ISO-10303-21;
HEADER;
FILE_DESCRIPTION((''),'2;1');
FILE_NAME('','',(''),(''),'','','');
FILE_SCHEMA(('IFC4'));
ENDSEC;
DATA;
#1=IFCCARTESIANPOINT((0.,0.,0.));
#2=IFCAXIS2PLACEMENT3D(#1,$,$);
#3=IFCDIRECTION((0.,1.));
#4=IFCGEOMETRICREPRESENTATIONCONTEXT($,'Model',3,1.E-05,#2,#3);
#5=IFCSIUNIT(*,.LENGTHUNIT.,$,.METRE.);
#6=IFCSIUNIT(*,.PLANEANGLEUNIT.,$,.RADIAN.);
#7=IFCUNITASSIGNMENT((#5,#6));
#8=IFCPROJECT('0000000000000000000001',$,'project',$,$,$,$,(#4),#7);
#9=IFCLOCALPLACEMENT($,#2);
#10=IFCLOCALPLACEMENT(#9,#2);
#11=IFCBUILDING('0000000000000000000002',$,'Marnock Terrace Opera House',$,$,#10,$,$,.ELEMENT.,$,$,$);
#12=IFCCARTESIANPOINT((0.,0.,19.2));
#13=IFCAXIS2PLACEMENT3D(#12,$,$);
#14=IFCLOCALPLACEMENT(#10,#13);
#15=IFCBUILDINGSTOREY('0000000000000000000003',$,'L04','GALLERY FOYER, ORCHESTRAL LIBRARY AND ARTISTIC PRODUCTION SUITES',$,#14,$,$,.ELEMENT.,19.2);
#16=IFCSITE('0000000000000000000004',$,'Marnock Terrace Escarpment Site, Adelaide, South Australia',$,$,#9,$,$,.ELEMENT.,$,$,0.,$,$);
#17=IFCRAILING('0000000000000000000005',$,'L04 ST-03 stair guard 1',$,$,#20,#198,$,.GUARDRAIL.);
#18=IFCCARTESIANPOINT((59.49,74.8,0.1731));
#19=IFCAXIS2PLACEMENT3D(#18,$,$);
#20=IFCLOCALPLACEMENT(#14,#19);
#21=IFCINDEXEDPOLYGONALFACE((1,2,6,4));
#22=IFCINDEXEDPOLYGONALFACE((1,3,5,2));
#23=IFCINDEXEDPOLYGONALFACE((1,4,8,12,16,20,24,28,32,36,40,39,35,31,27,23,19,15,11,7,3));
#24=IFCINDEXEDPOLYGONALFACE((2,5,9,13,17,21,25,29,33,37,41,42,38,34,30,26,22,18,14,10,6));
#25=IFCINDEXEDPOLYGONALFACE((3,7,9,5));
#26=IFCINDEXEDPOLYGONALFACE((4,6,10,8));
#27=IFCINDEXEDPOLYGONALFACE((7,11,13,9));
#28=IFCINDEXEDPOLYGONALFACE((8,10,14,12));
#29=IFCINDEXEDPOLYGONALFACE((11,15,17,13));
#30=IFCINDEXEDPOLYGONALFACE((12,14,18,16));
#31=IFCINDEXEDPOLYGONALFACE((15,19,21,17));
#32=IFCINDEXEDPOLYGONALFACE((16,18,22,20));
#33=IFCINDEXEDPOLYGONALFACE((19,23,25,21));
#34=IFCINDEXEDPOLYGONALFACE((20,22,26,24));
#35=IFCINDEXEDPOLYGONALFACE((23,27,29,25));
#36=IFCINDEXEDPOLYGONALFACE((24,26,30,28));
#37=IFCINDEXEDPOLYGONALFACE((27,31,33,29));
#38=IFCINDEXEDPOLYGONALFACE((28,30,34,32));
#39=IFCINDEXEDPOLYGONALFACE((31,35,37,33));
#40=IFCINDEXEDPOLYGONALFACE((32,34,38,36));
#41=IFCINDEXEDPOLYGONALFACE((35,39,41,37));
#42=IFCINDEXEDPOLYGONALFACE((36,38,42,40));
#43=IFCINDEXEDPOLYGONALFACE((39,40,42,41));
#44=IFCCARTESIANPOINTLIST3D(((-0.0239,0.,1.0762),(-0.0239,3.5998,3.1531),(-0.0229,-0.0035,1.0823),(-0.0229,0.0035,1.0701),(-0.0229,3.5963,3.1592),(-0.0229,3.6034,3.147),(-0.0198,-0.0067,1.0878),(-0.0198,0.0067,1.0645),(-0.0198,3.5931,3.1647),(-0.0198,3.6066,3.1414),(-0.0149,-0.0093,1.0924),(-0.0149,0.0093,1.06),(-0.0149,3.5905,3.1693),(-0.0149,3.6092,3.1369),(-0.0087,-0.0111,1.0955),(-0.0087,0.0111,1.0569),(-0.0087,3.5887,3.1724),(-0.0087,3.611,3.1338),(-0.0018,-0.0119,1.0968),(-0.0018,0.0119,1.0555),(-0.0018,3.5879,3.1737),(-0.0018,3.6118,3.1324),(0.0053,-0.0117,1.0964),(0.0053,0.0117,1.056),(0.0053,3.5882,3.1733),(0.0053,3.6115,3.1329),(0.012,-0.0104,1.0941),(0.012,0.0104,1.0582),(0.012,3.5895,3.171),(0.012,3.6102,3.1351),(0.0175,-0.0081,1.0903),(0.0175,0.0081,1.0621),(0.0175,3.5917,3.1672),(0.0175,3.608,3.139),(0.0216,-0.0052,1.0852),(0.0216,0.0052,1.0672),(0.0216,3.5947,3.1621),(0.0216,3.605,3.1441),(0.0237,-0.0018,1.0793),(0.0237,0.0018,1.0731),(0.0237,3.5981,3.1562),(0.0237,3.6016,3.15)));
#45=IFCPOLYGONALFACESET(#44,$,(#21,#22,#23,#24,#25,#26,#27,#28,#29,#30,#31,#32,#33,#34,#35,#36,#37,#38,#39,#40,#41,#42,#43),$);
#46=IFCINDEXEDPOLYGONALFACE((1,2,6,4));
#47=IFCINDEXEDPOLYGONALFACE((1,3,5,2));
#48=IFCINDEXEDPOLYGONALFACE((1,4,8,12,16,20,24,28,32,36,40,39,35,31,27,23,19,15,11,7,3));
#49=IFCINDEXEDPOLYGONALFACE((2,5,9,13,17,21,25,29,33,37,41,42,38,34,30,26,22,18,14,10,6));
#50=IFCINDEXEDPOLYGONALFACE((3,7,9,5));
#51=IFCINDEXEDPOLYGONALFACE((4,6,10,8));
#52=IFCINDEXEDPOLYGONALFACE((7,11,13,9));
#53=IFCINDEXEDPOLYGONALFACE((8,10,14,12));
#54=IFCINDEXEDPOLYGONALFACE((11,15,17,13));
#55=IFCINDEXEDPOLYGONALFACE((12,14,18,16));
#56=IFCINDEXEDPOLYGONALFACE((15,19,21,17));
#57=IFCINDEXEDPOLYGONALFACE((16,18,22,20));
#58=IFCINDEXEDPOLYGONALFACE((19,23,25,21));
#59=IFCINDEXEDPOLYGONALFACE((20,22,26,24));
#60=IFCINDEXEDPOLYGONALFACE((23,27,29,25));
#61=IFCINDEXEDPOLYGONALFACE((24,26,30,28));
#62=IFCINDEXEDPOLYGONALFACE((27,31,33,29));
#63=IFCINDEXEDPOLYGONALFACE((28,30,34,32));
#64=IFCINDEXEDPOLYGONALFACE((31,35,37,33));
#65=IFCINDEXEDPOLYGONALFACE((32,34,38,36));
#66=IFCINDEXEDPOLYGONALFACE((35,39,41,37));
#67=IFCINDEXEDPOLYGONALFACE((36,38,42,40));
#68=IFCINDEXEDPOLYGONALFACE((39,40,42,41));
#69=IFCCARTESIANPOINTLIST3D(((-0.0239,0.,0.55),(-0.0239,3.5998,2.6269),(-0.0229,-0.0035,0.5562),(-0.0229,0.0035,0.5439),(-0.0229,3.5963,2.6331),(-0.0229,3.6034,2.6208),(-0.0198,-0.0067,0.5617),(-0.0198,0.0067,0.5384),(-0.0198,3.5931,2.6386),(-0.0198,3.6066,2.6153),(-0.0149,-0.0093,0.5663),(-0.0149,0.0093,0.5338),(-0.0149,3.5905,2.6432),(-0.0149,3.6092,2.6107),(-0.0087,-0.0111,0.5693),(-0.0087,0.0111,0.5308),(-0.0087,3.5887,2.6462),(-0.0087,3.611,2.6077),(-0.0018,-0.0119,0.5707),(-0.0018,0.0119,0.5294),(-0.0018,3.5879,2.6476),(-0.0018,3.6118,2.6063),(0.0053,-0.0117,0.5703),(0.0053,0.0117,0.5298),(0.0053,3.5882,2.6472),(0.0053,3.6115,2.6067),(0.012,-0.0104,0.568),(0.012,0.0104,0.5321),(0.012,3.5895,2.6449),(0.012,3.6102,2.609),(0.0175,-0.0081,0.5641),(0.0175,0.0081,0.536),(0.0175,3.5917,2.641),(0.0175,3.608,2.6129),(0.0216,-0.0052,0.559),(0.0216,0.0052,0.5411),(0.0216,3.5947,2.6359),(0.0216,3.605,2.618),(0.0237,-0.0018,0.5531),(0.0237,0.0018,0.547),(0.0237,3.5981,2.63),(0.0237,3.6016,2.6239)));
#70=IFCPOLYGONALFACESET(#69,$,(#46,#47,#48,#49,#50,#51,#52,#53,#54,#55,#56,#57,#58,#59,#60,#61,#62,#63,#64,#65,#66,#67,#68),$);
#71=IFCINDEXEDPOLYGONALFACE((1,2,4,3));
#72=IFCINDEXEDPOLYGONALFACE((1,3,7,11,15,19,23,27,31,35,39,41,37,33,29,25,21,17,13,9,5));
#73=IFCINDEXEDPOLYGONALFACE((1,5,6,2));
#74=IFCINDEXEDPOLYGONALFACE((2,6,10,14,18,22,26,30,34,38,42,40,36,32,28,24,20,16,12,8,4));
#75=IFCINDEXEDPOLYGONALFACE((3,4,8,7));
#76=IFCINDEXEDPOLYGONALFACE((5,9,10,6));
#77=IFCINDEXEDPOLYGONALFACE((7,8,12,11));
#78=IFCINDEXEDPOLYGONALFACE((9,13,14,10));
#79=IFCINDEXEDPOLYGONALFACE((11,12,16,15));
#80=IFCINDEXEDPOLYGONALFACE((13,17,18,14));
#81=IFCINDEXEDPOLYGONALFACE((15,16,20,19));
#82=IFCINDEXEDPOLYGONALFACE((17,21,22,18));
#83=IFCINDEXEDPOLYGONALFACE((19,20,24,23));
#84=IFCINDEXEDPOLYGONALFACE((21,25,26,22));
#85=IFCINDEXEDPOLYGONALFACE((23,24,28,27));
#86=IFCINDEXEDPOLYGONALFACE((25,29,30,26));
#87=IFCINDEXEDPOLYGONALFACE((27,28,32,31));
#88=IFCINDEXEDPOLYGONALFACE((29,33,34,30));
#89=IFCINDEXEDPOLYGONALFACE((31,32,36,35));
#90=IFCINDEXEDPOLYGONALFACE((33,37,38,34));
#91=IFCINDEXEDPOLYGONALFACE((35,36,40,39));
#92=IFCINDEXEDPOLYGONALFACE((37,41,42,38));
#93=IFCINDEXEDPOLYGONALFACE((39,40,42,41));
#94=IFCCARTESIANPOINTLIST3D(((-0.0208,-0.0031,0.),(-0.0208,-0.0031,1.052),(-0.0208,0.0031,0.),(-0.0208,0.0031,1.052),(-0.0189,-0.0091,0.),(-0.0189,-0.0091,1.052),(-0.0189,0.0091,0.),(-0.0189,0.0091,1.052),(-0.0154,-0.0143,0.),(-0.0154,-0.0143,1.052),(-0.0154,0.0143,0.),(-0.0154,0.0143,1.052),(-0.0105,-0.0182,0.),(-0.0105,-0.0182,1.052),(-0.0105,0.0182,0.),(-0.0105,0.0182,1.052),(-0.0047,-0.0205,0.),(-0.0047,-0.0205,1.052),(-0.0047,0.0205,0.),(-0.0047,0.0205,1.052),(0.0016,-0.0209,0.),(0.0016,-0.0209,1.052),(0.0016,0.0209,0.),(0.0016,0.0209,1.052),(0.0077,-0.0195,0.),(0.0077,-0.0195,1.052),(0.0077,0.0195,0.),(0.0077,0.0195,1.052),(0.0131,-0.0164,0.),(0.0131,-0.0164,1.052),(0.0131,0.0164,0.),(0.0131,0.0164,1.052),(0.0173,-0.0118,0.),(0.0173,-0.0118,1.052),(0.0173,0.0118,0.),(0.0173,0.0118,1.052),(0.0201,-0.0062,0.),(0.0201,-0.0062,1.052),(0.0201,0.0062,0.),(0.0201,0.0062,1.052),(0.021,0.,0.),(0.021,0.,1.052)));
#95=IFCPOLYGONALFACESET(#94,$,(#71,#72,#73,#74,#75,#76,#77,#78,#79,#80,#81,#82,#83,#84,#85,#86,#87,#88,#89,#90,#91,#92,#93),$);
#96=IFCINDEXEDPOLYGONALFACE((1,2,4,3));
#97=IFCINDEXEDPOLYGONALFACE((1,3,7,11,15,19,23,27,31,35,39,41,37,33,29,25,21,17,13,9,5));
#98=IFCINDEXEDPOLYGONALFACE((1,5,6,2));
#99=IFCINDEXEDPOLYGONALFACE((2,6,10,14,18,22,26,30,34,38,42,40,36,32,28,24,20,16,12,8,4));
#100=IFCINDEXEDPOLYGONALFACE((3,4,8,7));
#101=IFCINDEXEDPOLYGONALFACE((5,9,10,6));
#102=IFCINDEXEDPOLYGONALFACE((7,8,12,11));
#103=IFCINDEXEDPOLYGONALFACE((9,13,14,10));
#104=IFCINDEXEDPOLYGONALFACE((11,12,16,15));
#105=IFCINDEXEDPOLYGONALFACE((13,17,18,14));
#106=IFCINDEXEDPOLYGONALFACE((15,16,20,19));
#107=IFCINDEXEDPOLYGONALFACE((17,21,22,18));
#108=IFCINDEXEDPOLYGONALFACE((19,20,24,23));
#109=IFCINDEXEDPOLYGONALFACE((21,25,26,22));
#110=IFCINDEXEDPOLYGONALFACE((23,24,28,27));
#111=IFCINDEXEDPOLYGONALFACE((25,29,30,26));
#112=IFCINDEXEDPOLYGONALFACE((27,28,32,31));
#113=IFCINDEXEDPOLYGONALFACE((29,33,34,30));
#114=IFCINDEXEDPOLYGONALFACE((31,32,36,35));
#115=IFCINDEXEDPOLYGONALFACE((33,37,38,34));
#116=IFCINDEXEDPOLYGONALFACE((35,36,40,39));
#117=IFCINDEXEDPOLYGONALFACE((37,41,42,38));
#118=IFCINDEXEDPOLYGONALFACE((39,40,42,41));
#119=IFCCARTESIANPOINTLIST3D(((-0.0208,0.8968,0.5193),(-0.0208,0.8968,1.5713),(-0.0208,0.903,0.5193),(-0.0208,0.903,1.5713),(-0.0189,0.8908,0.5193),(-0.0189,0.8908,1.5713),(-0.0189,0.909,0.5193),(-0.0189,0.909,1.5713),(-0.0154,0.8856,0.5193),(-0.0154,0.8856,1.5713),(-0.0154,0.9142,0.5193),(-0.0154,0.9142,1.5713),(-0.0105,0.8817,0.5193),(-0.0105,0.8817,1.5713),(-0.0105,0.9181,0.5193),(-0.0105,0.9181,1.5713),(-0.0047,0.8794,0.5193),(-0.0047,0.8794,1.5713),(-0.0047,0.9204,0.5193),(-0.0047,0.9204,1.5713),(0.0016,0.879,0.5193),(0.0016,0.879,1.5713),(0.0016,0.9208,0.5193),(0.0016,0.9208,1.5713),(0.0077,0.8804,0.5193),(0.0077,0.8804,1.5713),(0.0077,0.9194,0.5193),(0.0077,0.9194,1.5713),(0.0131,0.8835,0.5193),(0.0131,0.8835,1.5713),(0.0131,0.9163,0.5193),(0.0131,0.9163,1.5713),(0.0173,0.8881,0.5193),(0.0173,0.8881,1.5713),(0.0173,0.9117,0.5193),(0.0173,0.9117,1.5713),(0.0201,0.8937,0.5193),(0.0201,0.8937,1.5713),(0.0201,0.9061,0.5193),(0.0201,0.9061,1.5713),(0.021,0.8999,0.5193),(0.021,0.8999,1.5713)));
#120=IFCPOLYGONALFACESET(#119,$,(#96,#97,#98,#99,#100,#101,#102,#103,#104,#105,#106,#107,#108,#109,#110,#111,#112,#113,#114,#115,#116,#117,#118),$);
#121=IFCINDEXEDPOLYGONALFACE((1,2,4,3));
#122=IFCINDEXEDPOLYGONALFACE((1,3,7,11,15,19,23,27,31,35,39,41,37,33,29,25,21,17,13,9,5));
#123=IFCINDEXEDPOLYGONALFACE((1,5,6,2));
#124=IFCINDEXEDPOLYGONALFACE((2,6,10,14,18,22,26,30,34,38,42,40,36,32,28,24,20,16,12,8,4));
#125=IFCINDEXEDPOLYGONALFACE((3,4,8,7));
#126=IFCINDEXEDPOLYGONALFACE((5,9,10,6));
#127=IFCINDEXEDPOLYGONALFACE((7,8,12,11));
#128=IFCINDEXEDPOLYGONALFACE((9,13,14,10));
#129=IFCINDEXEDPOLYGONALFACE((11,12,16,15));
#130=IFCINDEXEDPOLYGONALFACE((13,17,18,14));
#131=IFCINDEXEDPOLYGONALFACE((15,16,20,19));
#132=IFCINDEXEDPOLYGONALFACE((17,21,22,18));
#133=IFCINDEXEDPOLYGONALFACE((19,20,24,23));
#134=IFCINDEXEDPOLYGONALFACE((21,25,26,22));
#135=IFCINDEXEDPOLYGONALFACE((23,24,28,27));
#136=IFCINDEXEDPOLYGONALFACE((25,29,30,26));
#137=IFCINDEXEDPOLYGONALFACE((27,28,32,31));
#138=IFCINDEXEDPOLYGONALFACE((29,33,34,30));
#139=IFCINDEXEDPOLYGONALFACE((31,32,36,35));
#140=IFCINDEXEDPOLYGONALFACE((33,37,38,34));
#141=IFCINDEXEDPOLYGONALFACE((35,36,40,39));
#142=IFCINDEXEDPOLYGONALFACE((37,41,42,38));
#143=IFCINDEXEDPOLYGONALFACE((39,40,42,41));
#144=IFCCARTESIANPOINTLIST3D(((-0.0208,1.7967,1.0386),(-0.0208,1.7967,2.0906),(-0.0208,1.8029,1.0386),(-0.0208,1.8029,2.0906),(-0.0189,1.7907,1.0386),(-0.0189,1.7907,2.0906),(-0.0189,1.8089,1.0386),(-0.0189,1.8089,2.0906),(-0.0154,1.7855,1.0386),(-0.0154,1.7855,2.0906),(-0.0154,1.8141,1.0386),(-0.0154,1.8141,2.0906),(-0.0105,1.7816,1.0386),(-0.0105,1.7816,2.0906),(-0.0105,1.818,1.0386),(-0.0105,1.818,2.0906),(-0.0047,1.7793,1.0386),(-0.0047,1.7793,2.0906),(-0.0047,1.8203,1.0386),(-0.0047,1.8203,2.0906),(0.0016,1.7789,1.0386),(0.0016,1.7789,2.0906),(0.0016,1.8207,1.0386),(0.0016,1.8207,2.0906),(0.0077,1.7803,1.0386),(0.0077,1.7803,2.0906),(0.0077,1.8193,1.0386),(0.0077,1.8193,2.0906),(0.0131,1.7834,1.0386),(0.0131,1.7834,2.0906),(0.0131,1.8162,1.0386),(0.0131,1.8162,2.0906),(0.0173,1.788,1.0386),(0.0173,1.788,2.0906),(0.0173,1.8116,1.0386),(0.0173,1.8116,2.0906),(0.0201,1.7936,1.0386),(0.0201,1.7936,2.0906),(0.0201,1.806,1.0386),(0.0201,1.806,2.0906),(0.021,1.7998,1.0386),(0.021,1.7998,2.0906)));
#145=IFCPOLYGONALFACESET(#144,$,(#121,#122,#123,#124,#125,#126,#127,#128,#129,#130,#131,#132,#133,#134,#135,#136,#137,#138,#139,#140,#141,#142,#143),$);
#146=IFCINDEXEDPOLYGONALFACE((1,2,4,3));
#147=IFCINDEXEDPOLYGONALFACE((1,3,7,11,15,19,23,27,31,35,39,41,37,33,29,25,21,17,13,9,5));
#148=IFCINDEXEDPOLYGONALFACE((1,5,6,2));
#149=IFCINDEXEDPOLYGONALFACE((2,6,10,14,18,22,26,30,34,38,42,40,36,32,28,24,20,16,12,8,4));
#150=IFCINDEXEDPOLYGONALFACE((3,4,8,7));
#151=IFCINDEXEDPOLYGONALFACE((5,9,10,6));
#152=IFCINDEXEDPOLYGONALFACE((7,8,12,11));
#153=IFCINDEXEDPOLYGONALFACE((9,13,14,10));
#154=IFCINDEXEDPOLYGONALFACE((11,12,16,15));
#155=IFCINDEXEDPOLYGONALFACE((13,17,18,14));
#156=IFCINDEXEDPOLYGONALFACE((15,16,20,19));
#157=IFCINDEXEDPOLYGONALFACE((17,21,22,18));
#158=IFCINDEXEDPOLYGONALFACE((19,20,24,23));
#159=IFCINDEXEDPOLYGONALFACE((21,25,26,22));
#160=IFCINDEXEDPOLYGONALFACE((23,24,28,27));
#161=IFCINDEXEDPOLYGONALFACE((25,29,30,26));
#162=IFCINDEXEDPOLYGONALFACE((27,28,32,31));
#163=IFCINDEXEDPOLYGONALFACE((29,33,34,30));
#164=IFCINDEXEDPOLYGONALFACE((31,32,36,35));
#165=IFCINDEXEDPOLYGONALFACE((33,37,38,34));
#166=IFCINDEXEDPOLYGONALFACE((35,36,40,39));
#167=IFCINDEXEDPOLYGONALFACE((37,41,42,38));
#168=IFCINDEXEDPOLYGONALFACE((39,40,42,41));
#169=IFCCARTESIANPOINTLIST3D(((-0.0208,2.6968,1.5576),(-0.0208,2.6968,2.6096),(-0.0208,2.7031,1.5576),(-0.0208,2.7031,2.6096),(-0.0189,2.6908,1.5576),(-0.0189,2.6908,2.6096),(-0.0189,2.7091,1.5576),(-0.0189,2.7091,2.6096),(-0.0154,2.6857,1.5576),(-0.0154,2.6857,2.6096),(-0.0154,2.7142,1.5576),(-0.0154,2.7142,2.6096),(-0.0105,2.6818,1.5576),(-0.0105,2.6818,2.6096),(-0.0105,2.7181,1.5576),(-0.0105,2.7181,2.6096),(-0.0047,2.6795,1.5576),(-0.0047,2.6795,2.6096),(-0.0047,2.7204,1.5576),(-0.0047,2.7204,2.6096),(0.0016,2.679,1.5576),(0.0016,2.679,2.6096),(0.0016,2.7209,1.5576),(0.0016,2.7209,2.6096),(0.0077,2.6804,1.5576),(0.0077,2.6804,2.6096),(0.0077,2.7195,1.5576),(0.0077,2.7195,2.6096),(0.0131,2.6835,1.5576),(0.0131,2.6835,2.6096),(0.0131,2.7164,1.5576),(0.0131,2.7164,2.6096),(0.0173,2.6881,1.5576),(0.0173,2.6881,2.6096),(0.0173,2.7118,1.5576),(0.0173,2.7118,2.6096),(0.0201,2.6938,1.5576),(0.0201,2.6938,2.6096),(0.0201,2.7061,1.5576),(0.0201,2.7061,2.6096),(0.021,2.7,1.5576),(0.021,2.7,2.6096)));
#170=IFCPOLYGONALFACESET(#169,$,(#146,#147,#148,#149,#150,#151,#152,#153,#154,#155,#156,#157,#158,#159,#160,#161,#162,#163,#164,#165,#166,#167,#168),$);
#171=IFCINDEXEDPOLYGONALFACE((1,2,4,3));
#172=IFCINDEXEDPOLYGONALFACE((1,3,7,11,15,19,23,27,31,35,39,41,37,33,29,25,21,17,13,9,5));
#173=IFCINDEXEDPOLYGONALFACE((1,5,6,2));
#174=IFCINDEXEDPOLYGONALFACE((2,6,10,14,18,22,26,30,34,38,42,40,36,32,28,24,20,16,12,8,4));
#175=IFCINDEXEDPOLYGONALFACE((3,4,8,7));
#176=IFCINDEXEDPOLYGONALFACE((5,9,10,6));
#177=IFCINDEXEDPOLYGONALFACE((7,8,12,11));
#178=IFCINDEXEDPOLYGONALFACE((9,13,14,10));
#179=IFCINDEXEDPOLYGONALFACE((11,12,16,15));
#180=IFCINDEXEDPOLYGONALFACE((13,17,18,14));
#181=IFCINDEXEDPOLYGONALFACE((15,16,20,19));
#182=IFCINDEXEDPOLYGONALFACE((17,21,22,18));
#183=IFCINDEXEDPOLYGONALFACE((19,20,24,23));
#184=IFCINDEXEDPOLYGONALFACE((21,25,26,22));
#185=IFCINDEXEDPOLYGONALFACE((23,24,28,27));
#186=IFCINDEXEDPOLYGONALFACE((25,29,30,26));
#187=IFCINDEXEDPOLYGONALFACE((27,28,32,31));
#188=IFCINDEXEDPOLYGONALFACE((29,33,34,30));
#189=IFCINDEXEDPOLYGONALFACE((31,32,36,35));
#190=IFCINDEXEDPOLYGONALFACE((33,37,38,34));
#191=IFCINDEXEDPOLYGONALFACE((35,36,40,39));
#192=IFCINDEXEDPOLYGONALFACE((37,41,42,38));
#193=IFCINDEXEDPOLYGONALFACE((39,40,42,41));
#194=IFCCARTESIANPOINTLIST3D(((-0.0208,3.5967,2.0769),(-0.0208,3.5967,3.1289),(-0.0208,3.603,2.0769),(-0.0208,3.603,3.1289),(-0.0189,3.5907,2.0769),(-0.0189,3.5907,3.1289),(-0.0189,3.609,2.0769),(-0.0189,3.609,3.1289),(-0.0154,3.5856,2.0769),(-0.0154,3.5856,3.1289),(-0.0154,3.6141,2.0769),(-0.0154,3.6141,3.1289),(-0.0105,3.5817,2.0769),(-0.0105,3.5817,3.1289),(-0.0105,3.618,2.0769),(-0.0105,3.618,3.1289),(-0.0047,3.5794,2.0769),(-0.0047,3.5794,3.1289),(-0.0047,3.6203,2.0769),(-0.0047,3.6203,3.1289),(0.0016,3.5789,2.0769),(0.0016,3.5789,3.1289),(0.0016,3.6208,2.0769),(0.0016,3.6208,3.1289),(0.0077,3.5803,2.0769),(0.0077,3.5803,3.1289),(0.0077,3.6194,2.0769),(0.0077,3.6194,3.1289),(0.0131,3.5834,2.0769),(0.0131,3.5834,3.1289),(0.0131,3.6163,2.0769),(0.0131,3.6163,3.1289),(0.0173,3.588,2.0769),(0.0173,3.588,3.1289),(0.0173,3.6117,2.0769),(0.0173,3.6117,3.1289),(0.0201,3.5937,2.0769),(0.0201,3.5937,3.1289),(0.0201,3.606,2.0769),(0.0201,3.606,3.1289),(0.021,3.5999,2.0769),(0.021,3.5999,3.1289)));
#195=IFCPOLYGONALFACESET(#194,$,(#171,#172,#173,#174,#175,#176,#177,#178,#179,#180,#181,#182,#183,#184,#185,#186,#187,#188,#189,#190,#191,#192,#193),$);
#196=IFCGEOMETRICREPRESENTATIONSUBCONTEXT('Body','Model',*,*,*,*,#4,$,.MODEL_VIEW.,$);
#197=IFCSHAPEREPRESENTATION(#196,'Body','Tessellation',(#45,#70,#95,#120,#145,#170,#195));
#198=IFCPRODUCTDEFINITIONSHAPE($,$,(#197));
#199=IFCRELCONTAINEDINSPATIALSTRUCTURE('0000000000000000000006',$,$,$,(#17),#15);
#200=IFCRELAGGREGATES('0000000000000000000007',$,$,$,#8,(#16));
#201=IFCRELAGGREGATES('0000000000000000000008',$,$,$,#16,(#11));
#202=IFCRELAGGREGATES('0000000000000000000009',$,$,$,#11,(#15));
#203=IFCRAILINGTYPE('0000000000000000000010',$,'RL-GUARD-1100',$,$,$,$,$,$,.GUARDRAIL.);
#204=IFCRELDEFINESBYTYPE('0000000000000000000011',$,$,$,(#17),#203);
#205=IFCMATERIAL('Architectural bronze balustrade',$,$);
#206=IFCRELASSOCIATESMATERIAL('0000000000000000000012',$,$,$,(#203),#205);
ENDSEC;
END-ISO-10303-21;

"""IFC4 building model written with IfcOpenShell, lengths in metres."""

from ifc_helpers import new_model, si_unit, direction, frame, origin, origin_2d, place, context, subcontext, project, spatial, circle, extrude, material, type_object, element, save


model = new_model("IFC4")

# Units and contexts
model_context = context("Model", 3, precision=1e-05, world=origin(), true_north=direction((0.0, 1.0)))
body_context = subcontext(model_context, "Body", "Model", "MODEL_VIEW")
ifc_project = project(units=[si_unit("LENGTHUNIT", "METRE"), si_unit("PLANEANGLEUNIT", "RADIAN")], contexts=[model_context])

# Site, building, storey
site_placement = place(None, origin())
site = spatial("IfcSite", under=ifc_project, at=site_placement, Name="Marnock Terrace Escarpment Site, Adelaide, South Australia", CompositionType="ELEMENT", RefElevation=0.0)
building_placement = place(site_placement, origin())
building = spatial("IfcBuilding", under=site, at=building_placement, Name="Marnock Terrace Opera House", CompositionType="ELEMENT")
storey_placement = place(building_placement, frame((0.0, 0.0, 19.2)))
storey = spatial("IfcBuildingStorey", under=building, at=storey_placement, Name="L04", Description="GALLERY FOYER, ORCHESTRAL LIBRARY AND ARTISTIC PRODUCTION SUITES", CompositionType="ELEMENT", Elevation=19.2)

# Railing
ifc_material_1 = material(Name="Architectural bronze balustrade")
railing_type_1 = type_object("IfcRailingType", Name="RL-GUARD-1100", PredefinedType="GUARDRAIL", material=ifc_material_1)
railing_1_placement = place(storey_placement, frame((59.49, 74.8, 0.1731)))
element("IfcRailing", 1, at=railing_1_placement, inside=storey, type_object=railing_type_1, Name="L04 ST-03 stair guard 1", PredefinedType="GUARDRAIL", context=body_context, shape_type="SweptSolid", body=[
    extrude(circle(Radius=0.0239, at=origin_2d()), frame((0.0, 0.0, 1.0762), z_axis=(0.0, 0.866179, 0.499734), x_axis=(-1.0, 0.0, 0.0)), (0.0, 0.0, 1.0), 4.156),
    extrude(circle(Radius=0.0239, at=origin_2d()), frame((0.0, 0.0, 0.55), z_axis=(0.0, 0.866179, 0.499734), x_axis=(-1.0, 0.0, 0.0)), (0.0, 0.0, 1.0), 4.156),
    extrude(circle(Radius=0.021, at=origin_2d()), origin(), (0.0, 0.0, 1.0), 1.052),
    extrude(circle(Radius=0.021, at=origin_2d()), frame((0.0, 0.8999, 0.5193)), (0.0, 0.0, 1.0), 1.052),
    extrude(circle(Radius=0.021, at=origin_2d()), frame((0.0, 1.7998, 1.0386)), (0.0, 0.0, 1.0), 1.052),
    extrude(circle(Radius=0.021, at=origin_2d()), frame((0.0, 2.7, 1.5576)), (0.0, 0.0, 1.0), 1.052),
    extrude(circle(Radius=0.021, at=origin_2d()), frame((0.0, 3.5999, 2.0769)), (0.0, 0.0, 1.0), 1.052),
])

save(model, "model.ifc")
